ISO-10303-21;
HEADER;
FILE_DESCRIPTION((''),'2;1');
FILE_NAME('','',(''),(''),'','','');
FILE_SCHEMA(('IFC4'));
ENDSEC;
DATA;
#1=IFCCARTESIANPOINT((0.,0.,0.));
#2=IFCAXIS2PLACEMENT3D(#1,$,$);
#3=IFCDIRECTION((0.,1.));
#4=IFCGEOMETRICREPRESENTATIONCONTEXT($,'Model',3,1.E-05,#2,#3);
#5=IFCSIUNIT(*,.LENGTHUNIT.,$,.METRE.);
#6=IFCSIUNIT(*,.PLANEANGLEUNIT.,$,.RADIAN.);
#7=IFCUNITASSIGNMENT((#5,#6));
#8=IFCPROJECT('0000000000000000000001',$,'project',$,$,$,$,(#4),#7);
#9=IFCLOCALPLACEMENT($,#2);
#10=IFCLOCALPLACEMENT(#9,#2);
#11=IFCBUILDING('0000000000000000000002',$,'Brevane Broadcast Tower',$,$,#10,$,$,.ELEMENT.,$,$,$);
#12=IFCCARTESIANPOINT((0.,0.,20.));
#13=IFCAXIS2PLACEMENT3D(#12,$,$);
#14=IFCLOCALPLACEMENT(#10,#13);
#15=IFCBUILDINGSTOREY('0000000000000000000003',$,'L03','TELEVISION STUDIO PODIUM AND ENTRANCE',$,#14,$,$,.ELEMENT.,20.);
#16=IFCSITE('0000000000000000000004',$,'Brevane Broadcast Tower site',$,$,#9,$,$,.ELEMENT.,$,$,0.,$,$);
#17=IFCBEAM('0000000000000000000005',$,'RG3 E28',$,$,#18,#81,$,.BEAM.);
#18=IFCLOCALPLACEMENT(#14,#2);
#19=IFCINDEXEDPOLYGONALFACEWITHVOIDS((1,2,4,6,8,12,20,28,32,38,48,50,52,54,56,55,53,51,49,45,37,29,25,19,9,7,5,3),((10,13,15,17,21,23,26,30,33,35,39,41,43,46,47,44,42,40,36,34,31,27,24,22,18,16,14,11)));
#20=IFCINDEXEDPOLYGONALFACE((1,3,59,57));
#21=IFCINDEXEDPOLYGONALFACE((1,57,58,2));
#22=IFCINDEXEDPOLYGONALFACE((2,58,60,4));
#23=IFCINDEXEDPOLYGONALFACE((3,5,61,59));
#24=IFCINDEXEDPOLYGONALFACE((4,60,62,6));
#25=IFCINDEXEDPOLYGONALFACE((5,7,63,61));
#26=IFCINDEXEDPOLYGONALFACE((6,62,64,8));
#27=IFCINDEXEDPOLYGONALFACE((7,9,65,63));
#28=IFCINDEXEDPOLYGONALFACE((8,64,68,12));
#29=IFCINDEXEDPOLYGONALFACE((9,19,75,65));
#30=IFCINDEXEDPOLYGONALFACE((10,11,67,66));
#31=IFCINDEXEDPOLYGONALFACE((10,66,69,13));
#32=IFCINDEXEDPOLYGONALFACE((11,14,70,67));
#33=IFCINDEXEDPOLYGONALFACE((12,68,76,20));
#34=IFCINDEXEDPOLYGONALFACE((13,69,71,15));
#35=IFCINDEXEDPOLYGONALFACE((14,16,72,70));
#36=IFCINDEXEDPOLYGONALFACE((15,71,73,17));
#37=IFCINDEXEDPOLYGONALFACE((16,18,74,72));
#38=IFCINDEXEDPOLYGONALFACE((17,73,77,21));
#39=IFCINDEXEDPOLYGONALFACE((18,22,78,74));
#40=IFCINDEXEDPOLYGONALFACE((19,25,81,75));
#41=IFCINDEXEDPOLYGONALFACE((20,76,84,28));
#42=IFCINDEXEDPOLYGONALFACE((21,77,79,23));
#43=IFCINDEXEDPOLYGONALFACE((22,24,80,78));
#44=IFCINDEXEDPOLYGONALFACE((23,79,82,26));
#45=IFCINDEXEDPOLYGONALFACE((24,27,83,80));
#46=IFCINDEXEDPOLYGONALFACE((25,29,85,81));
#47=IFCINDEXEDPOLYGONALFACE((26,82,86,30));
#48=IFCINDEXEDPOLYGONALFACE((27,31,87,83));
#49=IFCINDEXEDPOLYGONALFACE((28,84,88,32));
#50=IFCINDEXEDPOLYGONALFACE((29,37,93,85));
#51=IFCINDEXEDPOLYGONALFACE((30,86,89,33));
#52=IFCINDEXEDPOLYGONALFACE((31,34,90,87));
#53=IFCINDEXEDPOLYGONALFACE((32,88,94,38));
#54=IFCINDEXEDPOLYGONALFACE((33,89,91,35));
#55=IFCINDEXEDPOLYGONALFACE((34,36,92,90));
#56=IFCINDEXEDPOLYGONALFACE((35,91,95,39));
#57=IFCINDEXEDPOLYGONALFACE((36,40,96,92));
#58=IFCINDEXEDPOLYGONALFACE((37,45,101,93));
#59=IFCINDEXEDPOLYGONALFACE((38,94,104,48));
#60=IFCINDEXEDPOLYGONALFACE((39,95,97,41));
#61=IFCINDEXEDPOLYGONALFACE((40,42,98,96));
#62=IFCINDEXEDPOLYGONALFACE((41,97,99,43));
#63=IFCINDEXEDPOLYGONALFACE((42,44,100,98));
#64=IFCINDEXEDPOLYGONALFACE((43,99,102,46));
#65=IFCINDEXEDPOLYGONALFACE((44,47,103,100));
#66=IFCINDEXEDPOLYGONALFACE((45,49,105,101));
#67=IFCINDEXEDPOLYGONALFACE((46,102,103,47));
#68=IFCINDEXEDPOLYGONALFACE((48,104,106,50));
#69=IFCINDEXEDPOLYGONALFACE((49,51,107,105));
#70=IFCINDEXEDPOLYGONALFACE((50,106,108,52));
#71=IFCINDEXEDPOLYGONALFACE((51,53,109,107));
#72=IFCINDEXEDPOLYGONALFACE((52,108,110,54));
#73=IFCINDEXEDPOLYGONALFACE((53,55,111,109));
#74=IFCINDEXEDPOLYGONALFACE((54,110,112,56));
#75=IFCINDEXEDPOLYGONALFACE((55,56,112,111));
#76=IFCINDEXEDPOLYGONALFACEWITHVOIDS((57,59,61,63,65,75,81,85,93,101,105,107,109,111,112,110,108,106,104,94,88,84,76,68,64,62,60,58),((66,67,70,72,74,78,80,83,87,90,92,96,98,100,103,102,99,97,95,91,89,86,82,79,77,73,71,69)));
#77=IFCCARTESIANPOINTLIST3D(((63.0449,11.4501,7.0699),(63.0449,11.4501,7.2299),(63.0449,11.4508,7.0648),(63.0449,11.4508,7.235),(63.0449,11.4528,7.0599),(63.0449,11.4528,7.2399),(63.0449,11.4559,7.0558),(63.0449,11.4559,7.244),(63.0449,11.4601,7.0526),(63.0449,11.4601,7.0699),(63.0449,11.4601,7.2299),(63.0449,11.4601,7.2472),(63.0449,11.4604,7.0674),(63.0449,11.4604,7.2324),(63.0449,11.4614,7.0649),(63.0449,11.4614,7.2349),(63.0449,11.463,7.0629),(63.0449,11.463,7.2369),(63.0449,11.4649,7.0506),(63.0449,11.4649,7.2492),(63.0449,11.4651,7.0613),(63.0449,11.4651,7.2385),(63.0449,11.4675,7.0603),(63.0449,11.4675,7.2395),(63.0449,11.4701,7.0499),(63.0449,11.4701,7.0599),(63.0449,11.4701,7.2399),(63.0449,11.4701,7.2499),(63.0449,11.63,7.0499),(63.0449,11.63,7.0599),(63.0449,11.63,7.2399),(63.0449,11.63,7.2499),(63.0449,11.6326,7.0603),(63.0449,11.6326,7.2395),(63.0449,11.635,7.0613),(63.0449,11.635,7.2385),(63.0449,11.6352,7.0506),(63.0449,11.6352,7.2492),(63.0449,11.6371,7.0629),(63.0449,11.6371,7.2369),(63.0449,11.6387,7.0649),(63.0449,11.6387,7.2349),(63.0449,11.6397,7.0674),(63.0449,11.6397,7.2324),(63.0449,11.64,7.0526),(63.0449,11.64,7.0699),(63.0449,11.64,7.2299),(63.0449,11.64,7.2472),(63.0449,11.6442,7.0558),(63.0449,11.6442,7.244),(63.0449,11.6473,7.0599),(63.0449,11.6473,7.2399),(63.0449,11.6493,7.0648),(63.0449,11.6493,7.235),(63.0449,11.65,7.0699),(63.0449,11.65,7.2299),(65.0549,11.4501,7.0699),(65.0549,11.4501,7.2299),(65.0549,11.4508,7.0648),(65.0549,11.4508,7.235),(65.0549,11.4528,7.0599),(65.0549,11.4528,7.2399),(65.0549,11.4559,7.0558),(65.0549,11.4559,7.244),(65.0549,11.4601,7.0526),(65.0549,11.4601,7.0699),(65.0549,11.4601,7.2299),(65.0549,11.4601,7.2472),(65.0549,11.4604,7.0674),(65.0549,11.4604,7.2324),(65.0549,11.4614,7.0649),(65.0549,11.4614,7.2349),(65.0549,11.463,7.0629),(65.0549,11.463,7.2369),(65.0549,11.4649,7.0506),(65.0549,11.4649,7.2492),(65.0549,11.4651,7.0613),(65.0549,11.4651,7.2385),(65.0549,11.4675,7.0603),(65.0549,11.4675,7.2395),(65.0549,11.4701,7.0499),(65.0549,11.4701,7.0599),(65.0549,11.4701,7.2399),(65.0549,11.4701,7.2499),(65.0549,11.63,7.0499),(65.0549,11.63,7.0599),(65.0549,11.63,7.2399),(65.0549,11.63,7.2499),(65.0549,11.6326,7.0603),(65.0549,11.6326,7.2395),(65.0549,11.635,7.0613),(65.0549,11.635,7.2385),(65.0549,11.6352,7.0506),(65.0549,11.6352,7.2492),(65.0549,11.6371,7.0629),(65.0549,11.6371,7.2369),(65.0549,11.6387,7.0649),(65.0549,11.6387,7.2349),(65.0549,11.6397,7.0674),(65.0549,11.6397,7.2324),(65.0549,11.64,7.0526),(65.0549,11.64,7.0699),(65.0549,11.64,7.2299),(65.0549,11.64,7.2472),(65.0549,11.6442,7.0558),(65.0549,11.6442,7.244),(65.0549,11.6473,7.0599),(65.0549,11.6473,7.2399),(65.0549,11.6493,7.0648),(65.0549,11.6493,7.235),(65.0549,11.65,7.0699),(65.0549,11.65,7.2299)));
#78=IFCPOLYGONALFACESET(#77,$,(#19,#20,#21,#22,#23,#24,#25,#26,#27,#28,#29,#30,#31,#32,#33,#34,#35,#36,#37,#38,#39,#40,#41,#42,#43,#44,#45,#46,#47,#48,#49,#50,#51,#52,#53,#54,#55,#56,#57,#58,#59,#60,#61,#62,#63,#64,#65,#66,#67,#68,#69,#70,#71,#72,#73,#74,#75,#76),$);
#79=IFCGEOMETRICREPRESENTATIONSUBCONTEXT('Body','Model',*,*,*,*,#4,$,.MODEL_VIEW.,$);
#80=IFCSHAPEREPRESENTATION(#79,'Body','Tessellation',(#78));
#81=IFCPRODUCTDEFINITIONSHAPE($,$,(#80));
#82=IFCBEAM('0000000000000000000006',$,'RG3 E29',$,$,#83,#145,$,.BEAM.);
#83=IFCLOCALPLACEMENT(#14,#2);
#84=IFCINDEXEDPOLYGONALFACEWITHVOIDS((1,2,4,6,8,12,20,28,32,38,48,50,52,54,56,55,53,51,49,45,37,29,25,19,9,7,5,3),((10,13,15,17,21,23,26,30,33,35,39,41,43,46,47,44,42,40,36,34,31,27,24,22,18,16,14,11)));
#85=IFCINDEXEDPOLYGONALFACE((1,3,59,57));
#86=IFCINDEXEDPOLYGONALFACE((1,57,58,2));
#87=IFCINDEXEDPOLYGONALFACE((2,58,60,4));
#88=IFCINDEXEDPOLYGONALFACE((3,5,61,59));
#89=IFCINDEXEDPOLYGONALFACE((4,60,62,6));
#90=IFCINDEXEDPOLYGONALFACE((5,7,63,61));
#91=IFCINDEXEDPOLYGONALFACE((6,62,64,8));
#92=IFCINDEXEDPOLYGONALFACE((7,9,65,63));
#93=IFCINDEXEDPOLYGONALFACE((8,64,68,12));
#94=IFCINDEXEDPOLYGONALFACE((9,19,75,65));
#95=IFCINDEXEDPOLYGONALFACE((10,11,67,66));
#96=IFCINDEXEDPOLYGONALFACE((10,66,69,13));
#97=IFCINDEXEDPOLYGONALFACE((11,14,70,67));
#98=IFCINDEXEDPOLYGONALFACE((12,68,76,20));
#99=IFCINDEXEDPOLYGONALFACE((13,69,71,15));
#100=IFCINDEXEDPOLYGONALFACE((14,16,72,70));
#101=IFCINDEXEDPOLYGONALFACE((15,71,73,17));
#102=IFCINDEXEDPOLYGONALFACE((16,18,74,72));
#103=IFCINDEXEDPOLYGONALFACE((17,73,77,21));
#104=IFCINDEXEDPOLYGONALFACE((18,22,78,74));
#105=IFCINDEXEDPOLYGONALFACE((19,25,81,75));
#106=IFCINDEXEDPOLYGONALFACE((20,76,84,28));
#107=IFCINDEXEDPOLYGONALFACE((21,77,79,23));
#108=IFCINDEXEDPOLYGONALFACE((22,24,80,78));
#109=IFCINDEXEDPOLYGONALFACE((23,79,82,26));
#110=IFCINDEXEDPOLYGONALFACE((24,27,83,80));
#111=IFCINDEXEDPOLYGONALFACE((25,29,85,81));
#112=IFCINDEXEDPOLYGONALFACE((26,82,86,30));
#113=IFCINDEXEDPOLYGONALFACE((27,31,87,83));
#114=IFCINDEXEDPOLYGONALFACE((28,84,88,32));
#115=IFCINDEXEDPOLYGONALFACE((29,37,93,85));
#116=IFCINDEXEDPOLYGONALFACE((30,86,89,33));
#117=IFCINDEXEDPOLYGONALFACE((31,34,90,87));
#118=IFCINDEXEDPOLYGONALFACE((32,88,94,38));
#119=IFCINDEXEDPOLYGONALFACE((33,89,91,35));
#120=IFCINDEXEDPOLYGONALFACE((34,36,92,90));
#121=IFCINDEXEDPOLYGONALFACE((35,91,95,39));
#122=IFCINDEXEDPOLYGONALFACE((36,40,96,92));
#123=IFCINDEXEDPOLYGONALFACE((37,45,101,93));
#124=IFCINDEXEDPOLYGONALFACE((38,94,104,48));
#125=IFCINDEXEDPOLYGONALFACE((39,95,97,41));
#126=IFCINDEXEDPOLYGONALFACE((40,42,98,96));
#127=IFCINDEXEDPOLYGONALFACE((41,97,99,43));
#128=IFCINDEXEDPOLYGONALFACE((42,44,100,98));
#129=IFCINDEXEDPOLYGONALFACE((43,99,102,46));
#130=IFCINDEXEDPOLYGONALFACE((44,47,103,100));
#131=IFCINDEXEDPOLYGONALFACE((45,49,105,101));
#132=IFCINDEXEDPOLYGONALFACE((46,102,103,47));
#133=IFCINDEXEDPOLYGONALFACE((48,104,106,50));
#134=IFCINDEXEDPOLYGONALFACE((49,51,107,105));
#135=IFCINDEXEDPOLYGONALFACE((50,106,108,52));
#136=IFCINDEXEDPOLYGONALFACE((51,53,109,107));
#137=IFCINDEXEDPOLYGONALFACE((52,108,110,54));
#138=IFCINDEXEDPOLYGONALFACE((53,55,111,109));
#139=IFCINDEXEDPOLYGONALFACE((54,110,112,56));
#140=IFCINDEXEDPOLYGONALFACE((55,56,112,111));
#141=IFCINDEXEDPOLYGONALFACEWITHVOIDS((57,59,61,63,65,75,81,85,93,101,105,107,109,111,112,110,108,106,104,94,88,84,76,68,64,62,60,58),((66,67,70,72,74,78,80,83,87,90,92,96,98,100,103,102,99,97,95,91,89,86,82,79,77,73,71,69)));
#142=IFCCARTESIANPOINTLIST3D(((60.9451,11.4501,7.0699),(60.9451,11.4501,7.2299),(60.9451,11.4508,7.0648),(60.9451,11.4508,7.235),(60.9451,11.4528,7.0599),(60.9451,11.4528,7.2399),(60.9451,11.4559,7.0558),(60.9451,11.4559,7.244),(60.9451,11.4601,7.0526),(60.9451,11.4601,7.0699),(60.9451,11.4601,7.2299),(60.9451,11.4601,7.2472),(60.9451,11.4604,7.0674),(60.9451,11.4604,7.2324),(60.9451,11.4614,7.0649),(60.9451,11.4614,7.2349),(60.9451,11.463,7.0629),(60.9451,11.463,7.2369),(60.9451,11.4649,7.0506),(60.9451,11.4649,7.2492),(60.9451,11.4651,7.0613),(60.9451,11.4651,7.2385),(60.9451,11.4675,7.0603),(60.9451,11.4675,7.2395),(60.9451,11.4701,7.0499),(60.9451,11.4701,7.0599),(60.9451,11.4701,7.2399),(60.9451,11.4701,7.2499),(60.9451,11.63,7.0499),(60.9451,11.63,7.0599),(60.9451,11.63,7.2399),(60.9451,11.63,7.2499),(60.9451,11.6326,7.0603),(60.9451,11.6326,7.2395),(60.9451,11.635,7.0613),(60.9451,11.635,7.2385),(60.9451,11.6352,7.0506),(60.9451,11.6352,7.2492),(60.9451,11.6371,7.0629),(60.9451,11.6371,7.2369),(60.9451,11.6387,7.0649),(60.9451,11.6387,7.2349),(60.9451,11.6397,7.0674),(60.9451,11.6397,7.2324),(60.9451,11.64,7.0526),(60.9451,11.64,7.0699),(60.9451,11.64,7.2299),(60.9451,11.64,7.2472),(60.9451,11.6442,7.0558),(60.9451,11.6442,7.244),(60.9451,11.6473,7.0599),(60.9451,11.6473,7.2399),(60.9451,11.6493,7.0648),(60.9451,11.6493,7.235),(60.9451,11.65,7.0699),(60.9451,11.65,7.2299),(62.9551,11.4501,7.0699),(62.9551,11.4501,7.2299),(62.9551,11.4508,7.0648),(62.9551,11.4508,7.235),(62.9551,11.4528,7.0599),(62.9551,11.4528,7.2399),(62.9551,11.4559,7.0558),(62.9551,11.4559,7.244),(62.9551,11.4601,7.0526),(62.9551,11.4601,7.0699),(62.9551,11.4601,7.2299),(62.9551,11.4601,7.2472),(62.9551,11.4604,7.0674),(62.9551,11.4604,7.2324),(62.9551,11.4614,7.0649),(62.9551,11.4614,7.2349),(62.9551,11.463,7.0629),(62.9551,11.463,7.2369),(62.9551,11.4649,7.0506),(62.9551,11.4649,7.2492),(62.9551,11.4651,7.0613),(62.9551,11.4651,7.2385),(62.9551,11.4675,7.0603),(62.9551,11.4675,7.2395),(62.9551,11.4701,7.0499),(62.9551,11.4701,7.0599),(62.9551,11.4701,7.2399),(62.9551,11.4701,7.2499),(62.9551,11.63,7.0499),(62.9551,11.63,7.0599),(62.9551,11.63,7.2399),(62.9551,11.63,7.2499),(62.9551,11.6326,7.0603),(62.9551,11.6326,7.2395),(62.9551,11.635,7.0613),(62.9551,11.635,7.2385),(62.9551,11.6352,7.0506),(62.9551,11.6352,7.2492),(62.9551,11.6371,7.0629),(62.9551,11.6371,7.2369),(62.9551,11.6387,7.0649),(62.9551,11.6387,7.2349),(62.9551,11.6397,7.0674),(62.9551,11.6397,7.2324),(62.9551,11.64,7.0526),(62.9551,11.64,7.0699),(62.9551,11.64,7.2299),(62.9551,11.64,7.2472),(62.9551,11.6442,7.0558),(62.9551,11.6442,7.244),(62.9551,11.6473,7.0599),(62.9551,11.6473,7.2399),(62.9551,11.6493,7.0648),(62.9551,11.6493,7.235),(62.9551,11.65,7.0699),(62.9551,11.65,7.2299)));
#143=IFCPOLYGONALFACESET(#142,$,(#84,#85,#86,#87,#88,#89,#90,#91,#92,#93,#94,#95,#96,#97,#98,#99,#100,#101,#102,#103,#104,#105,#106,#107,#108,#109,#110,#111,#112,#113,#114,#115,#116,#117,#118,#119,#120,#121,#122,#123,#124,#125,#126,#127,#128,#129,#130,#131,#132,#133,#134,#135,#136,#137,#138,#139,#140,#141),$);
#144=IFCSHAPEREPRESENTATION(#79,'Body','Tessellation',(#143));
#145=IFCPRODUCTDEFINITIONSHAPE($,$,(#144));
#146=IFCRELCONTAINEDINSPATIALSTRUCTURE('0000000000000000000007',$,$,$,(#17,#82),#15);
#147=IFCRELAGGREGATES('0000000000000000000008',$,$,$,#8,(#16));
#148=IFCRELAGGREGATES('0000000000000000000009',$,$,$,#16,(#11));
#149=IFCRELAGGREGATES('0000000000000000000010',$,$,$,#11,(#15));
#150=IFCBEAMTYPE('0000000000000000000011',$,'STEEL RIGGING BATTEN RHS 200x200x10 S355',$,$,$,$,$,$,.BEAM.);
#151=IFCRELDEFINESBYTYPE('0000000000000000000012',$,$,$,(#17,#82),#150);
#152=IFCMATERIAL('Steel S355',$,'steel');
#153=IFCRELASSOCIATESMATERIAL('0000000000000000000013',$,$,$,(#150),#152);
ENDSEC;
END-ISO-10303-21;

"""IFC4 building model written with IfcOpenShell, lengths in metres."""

from ifc_helpers import new_model, si_unit, direction, frame, origin, origin_2d, place, context, subcontext, project, spatial, hollow_rectangle, extrude, material, material_profile, profile_set, type_object, element, save


model = new_model("IFC4")

# Units and contexts
model_context = context("Model", 3, precision=1e-05, world=origin(), true_north=direction((0.0, 1.0)))
body_context = subcontext(model_context, "Body", "Model", "MODEL_VIEW")
ifc_project = project(units=[si_unit("LENGTHUNIT", "METRE"), si_unit("PLANEANGLEUNIT", "RADIAN")], contexts=[model_context])

# Site, building, storey
site_placement = place(None, origin())
site = spatial("IfcSite", under=ifc_project, at=site_placement, Name="Brevane Broadcast Tower site", CompositionType="ELEMENT", RefElevation=0.0)
building_placement = place(site_placement, origin())
building = spatial("IfcBuilding", under=site, at=building_placement, Name="Brevane Broadcast Tower", CompositionType="ELEMENT")
storey_placement = place(building_placement, frame((0.0, 0.0, 20.0)))
storey = spatial("IfcBuildingStorey", under=building, at=storey_placement, Name="L03", Description="TELEVISION STUDIO PODIUM AND ENTRANCE", CompositionType="ELEMENT", Elevation=20.0)

# Beams
ifc_material_1 = material(Name="Steel S355", Category="steel")
ifc_material_profile_1 = material_profile(ifc_material_1, hollow_rectangle(XDim=0.2, YDim=0.2, WallThickness=0.01, InnerFilletRadius=0.01, OuterFilletRadius=0.02, at=origin_2d()), Name="RHS 200x200x10")
ifc_profile_set_1 = profile_set([ifc_material_profile_1], Name="Steel S355")
beam_type_1 = type_object("IfcBeamType", Name="STEEL RIGGING BATTEN RHS 200x200x10 S355", PredefinedType="BEAM", material=ifc_profile_set_1)
for number, where, z_axis, x_axis, name in (
    (1, (65.0549, 11.55, 7.1499), (-1.0, 0.0, 0.0), (0.0, -1.0, 0.0), "RG3 E28"),
    (2, (62.9551, 11.55, 7.1499), (-1.0, 0.0, 0.0), (0.0, -1.0, 0.0), "RG3 E29"),
):
    element("IfcBeam", number, at=place(storey_placement, frame(where, z_axis=z_axis, x_axis=x_axis)), inside=storey, type_object=beam_type_1, Name=name, PredefinedType="BEAM", context=body_context, shape_type="SweptSolid", body=[
        extrude(hollow_rectangle(XDim=0.2, YDim=0.2, WallThickness=0.01, InnerFilletRadius=0.01, OuterFilletRadius=0.02, at=origin_2d()), origin(), (0.0, 0.0, 1.0), 2.01),
    ])

save(model, "model.ifc")
